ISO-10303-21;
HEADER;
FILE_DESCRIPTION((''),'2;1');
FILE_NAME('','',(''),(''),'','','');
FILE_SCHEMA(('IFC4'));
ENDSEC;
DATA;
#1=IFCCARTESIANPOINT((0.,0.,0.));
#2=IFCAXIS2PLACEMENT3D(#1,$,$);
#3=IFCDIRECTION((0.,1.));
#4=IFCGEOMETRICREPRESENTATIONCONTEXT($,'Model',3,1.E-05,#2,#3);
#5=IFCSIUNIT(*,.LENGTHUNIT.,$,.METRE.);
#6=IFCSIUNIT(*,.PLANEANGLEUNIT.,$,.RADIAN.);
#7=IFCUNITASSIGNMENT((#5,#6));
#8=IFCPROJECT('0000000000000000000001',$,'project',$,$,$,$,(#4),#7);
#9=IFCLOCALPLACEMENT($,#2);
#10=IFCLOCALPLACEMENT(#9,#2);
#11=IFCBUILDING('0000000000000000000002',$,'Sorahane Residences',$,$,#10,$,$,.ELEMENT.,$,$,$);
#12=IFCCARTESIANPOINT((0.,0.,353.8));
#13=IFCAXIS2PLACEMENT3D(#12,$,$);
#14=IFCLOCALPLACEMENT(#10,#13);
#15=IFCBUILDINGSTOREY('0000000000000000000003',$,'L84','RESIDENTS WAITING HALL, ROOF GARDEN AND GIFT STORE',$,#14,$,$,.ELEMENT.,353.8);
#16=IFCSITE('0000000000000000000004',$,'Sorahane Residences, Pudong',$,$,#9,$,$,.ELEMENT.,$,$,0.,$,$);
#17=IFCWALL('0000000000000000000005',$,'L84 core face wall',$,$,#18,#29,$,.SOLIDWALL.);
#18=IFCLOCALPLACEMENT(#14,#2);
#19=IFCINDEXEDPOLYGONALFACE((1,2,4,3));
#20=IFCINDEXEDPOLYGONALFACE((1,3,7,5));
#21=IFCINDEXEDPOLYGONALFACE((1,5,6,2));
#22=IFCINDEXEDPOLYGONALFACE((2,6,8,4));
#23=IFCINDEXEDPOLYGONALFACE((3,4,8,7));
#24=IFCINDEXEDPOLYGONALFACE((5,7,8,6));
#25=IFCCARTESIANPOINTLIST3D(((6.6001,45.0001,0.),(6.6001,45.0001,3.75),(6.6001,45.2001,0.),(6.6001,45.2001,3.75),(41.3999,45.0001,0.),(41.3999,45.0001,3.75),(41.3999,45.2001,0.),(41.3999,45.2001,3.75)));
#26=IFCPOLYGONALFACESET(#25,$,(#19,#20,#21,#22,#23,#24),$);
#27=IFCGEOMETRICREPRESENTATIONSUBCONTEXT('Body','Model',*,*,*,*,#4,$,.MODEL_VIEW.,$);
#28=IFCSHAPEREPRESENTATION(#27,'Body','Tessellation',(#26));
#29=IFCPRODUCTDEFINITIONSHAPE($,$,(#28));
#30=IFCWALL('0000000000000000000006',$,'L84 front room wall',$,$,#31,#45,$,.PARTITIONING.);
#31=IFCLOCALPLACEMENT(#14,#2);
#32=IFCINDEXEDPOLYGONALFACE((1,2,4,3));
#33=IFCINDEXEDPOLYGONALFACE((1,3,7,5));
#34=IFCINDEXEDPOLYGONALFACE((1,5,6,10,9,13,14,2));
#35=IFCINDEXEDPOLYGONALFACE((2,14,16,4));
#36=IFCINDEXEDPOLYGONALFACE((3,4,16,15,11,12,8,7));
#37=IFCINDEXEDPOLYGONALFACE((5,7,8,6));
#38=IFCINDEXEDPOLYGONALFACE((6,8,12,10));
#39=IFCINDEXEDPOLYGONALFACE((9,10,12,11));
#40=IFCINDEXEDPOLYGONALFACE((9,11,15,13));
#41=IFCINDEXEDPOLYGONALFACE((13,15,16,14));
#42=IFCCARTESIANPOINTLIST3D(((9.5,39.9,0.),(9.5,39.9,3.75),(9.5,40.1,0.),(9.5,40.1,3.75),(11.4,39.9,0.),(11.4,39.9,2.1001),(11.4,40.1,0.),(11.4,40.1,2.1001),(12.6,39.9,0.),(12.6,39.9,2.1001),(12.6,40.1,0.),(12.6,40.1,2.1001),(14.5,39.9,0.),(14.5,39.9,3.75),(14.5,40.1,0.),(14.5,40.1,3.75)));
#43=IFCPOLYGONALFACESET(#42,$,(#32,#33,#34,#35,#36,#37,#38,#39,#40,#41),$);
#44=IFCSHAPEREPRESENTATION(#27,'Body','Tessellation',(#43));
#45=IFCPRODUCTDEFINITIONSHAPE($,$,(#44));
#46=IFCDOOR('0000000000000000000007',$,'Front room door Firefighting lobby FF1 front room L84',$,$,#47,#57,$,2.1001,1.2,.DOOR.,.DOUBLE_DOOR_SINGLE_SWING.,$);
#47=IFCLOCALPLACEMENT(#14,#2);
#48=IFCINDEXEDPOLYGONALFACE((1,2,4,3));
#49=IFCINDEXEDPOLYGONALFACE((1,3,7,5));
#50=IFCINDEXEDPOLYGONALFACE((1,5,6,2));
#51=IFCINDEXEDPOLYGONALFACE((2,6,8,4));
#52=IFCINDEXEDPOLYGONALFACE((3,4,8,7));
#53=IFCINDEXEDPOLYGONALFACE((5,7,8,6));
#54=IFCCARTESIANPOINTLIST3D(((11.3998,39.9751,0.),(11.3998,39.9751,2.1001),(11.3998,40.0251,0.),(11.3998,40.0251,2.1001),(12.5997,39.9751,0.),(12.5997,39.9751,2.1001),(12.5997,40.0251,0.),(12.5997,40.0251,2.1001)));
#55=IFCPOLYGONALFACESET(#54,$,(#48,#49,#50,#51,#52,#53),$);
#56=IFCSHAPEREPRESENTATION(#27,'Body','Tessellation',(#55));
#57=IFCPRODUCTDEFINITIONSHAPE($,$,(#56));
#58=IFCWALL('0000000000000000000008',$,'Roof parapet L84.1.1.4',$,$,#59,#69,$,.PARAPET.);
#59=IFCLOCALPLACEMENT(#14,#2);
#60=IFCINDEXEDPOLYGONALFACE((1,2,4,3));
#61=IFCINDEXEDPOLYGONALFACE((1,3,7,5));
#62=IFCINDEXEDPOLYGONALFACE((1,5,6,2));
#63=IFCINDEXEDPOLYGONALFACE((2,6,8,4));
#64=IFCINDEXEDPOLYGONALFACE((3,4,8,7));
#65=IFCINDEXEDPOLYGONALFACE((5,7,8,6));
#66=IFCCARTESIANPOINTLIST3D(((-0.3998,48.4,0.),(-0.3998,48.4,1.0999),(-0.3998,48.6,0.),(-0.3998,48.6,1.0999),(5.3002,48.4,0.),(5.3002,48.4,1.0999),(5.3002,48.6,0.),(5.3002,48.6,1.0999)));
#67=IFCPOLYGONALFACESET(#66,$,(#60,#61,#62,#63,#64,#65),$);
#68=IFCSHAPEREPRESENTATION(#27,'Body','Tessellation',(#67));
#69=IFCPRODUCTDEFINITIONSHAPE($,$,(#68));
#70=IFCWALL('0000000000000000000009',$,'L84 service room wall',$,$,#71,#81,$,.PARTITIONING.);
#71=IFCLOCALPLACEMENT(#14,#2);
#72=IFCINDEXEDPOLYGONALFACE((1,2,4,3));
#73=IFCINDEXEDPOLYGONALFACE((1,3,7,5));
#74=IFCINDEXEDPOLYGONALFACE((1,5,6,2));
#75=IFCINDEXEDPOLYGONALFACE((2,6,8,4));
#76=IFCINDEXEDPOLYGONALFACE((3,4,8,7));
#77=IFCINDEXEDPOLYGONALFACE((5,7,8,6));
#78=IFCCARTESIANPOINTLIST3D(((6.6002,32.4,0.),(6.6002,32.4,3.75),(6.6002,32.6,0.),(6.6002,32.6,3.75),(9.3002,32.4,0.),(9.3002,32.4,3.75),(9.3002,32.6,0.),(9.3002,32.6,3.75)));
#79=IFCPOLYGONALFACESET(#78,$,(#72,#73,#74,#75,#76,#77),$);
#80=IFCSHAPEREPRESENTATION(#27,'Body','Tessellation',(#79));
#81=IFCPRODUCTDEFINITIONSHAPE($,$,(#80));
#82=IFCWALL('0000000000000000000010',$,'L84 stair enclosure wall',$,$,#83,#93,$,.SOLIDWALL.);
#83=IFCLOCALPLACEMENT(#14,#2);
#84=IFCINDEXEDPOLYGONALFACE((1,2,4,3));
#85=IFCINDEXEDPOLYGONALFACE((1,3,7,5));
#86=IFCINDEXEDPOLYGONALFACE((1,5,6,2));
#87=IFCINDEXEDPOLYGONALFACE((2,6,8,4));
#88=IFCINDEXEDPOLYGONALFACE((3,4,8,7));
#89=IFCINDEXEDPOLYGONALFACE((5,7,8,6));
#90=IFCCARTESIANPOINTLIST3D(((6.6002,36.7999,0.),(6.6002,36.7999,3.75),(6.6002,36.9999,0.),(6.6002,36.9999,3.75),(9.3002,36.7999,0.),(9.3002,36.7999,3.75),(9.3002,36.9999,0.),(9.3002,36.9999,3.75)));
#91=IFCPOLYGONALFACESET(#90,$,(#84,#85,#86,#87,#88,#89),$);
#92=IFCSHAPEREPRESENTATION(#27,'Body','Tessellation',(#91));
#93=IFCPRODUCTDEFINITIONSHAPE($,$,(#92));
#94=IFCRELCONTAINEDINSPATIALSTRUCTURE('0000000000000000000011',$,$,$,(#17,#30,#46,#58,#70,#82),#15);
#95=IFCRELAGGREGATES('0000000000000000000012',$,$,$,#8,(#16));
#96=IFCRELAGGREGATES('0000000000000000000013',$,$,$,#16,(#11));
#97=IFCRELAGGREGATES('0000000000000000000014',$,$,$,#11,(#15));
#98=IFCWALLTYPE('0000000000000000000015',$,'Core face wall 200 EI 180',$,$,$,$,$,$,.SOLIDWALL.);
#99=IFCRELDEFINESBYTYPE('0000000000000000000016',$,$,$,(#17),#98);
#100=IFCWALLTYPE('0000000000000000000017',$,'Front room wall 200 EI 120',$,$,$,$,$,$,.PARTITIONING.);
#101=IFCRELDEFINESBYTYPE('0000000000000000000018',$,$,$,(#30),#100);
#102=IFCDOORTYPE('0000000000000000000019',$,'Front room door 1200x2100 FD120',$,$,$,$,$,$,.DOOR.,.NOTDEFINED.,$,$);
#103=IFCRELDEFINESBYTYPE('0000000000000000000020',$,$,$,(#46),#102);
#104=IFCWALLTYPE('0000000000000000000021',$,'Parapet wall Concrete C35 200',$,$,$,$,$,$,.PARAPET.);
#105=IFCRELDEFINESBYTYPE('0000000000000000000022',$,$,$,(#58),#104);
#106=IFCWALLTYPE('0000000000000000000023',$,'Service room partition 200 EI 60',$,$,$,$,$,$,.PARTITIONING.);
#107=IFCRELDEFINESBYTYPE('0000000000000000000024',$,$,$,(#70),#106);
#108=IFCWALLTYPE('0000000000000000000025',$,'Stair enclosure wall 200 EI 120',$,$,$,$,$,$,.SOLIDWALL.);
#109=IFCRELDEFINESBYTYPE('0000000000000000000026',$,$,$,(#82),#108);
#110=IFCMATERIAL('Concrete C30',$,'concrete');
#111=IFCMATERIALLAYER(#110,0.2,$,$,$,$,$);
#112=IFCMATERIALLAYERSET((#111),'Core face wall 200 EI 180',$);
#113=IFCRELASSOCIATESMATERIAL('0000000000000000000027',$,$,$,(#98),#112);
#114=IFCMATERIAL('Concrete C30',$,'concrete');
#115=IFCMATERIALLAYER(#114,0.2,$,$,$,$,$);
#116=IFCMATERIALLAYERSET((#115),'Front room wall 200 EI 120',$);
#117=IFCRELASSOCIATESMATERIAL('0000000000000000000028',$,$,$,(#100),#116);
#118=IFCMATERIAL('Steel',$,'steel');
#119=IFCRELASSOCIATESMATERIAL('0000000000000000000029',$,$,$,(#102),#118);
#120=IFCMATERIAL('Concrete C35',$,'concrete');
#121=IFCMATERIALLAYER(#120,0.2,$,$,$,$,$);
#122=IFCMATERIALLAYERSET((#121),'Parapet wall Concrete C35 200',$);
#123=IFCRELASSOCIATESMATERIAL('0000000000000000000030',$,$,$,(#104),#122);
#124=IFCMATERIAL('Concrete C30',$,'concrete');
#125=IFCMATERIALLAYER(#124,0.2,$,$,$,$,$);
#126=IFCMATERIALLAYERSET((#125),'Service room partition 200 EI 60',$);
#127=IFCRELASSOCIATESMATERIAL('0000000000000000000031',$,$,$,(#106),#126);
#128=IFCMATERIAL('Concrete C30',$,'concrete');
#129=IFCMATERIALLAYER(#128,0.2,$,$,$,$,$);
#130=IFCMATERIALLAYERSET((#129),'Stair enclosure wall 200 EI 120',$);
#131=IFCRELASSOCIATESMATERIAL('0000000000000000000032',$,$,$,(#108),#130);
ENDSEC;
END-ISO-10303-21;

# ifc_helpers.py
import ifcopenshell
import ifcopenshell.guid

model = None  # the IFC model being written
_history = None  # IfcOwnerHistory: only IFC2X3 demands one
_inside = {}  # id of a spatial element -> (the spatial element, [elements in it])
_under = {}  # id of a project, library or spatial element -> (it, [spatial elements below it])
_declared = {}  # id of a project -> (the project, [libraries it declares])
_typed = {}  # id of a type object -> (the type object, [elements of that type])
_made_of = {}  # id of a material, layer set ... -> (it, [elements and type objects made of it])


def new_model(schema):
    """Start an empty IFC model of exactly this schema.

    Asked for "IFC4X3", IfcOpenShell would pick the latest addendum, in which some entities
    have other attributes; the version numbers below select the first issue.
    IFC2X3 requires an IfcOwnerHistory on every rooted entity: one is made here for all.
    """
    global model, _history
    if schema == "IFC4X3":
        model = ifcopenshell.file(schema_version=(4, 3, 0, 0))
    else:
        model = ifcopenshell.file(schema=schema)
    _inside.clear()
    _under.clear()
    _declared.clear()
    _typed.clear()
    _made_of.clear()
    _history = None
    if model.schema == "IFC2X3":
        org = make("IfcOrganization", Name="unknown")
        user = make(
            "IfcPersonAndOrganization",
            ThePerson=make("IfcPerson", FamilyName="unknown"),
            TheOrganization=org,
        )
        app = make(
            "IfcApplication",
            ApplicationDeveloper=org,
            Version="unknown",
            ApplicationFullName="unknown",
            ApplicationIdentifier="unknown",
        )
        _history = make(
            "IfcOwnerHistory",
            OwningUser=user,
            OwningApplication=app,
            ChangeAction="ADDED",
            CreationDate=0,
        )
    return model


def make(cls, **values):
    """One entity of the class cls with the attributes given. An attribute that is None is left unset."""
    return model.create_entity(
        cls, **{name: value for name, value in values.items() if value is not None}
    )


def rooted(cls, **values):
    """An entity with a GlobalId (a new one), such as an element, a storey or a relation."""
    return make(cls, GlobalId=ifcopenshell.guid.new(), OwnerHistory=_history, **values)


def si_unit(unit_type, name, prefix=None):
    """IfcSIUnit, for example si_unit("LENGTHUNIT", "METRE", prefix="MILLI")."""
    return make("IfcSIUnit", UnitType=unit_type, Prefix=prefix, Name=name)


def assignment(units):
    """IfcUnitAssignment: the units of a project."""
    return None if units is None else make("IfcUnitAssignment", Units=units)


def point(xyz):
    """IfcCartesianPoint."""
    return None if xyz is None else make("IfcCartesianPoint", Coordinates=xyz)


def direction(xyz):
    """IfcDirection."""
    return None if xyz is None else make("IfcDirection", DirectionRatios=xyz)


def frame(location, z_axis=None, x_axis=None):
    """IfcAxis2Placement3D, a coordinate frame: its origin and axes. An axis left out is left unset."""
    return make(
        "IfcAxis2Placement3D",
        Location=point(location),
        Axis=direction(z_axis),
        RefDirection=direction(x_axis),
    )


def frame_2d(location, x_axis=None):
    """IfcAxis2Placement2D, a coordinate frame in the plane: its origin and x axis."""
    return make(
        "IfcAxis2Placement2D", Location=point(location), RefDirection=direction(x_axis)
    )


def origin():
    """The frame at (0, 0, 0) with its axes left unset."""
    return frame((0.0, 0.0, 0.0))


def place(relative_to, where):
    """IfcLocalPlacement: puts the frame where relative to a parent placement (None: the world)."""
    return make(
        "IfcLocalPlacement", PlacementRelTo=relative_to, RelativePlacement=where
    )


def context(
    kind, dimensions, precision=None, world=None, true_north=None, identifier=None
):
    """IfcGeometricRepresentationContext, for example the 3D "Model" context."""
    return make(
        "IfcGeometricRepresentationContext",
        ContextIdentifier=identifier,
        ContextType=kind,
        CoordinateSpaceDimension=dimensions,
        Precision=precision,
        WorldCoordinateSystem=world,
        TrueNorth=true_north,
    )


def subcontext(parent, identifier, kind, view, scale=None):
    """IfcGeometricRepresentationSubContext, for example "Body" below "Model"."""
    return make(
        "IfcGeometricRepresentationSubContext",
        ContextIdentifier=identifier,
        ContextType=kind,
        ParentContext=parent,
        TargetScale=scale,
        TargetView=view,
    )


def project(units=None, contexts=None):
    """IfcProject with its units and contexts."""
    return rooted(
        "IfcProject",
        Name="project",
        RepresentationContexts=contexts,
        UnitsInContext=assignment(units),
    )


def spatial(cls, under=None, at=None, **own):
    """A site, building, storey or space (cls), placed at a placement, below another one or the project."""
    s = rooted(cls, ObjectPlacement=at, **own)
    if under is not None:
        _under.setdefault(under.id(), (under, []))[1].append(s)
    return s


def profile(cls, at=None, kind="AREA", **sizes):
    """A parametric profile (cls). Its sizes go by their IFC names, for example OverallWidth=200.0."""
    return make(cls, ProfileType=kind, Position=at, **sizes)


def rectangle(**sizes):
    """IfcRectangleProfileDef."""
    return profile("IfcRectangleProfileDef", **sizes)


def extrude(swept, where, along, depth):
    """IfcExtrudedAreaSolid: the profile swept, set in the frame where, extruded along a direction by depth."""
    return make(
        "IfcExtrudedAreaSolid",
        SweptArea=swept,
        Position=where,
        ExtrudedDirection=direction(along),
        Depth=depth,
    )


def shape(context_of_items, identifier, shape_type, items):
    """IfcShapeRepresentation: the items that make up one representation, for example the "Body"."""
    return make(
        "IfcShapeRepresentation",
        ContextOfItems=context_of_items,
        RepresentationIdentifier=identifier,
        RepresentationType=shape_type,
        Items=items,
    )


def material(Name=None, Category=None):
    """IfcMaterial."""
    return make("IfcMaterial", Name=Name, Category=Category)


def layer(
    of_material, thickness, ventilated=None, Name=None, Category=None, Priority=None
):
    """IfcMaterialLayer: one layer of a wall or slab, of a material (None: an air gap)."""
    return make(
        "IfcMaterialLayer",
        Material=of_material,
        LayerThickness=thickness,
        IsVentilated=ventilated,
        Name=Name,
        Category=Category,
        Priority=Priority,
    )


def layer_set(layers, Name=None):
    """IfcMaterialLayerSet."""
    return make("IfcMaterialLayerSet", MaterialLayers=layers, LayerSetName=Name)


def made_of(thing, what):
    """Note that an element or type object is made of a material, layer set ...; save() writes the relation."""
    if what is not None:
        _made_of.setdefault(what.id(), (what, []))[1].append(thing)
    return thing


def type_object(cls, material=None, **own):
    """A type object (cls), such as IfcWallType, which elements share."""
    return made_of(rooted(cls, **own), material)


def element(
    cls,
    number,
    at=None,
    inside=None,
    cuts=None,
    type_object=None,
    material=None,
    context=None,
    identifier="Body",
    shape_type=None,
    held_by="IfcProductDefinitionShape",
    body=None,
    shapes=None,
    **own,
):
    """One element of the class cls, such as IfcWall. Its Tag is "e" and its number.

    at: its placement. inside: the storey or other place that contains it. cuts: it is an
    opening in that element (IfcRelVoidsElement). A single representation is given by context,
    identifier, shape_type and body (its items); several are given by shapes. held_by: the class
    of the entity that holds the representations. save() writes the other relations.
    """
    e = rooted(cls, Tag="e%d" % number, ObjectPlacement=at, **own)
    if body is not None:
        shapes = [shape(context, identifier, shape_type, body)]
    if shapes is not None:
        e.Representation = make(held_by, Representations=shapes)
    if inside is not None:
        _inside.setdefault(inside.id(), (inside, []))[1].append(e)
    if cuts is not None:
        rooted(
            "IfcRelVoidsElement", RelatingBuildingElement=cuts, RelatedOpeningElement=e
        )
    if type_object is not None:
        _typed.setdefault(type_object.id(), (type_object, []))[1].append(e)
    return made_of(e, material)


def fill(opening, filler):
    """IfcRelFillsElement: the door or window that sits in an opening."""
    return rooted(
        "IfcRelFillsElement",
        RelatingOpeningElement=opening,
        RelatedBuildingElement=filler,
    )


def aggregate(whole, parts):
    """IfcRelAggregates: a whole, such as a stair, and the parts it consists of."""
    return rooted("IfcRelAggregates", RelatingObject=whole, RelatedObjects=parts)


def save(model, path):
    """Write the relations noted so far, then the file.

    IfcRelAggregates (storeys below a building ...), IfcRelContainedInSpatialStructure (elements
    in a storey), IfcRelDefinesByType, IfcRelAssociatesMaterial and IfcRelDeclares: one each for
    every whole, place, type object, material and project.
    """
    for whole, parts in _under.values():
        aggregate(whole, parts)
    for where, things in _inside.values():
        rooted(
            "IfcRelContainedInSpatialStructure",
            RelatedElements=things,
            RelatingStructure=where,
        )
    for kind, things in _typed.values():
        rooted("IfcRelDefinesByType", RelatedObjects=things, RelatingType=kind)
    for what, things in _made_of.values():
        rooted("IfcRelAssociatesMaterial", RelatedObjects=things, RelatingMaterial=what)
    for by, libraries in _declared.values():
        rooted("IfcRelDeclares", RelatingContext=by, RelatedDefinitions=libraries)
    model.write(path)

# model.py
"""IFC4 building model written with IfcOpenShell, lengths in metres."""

from ifc_helpers import new_model, si_unit, direction, frame, frame_2d, origin, place, context, subcontext, project, spatial, rectangle, extrude, material, layer, layer_set, type_object, element, fill, save


model = new_model("IFC4")

# Units and contexts
model_context = context("Model", 3, precision=1e-05, world=origin(), true_north=direction((0.0, 1.0)))
body_context = subcontext(model_context, "Body", "Model", "MODEL_VIEW")
ifc_project = project(units=[si_unit("LENGTHUNIT", "METRE"), si_unit("PLANEANGLEUNIT", "RADIAN")], contexts=[model_context])

# Site, building, storey
site_placement = place(None, origin())
site = spatial("IfcSite", under=ifc_project, at=site_placement, Name="Sorahane Residences, Pudong", CompositionType="ELEMENT", RefElevation=0.0)
building_placement = place(site_placement, origin())
building = spatial("IfcBuilding", under=site, at=building_placement, Name="Sorahane Residences", CompositionType="ELEMENT")
storey_placement = place(building_placement, frame((0.0, 0.0, 353.8)))
storey = spatial("IfcBuildingStorey", under=building, at=storey_placement, Name="L84", Description="RESIDENTS WAITING HALL, ROOF GARDEN AND GIFT STORE", CompositionType="ELEMENT", Elevation=353.8)

# Wall
ifc_material_1 = material(Name="Concrete C30", Category="concrete")
ifc_layer_1 = layer(ifc_material_1, 0.2)
ifc_layer_set_1 = layer_set([ifc_layer_1], Name="Core face wall 200 EI 180")
wall_type_1 = type_object("IfcWallType", Name="Core face wall 200 EI 180", PredefinedType="SOLIDWALL", material=ifc_layer_set_1)
wall_1_placement = place(storey_placement, frame((6.6001, 45.1001, 0.0), z_axis=(0.0, 0.0, 1.0), x_axis=(1.0, 0.0, 0.0)))
element("IfcWall", 1, at=wall_1_placement, inside=storey, type_object=wall_type_1, Name="L84 core face wall", PredefinedType="SOLIDWALL", context=body_context, shape_type="SweptSolid", body=[
    extrude(rectangle(XDim=34.7998, YDim=0.2, at=frame_2d((17.3999, 0.0))), origin(), (0.0, 0.0, 1.0), 3.75),
])

# Wall, opening, door
ifc_material_2 = material(Name="Concrete C30", Category="concrete")
ifc_layer_2 = layer(ifc_material_2, 0.2)
ifc_layer_set_2 = layer_set([ifc_layer_2], Name="Front room wall 200 EI 120")
wall_type_2 = type_object("IfcWallType", Name="Front room wall 200 EI 120", PredefinedType="PARTITIONING", material=ifc_layer_set_2)
wall_2_placement = place(storey_placement, frame((9.5, 40.0, 0.0), z_axis=(0.0, 0.0, 1.0), x_axis=(1.0, 0.0, 0.0)))
wall_2 = element("IfcWall", 2, at=wall_2_placement, inside=storey, type_object=wall_type_2, Name="L84 front room wall", PredefinedType="PARTITIONING", context=body_context, shape_type="SweptSolid", body=[
    extrude(rectangle(XDim=5.0, YDim=0.2, at=frame_2d((2.5, 0.0))), origin(), (0.0, 0.0, 1.0), 3.75),
])
opening_placement = place(wall_2_placement, frame((1.8999, 0.0, 0.0)))
opening = element("IfcOpeningElement", 3, at=opening_placement, cuts=wall_2, PredefinedType="OPENING", context=body_context, shape_type="SweptSolid", body=[
    extrude(rectangle(XDim=1.2, YDim=2.1001, at=frame_2d((0.6001, 1.05))), frame((0.0, 0.1099, 0.0), z_axis=(0.0, -1.0, 0.0), x_axis=(1.0, 0.0, 0.0)), (0.0, 0.0, 1.0), 0.22),
])
ifc_material_3 = material(Name="Steel", Category="steel")
door_type = type_object("IfcDoorType", Name="Front room door 1200x2100 FD120", OperationType="NOTDEFINED", PredefinedType="DOOR", material=ifc_material_3)
door_placement = place(opening_placement, frame((1.2, 0.0, 0.0), z_axis=(0.0, 0.0, 1.0), x_axis=(-1.0, 0.0, 0.0)))
door = element("IfcDoor", 4, at=door_placement, inside=storey, type_object=door_type, Name="Front room door Firefighting lobby FF1 front room L84", OperationType="DOUBLE_DOOR_SINGLE_SWING", OverallHeight=2.1001, OverallWidth=1.2, PredefinedType="DOOR", context=body_context, shape_type="SweptSolid", body=[
    extrude(rectangle(XDim=1.2, YDim=2.1001, at=frame_2d((0.6001, 1.05))), frame((0.0, 0.0249, 0.0), z_axis=(0.0, -1.0, 0.0), x_axis=(1.0, 0.0, 0.0)), (0.0, 0.0, 1.0), 0.05),
])
fill(opening, door)

# Walls
ifc_material_4 = material(Name="Concrete C35", Category="concrete")
ifc_layer_3 = layer(ifc_material_4, 0.2)
ifc_layer_set_3 = layer_set([ifc_layer_3], Name="Parapet wall Concrete C35 200")
wall_type_3 = type_object("IfcWallType", Name="Parapet wall Concrete C35 200", PredefinedType="PARAPET", material=ifc_layer_set_3)
wall_3_placement = place(storey_placement, frame((-0.3999, 48.5, 0.0), z_axis=(0.0, 0.0, 1.0), x_axis=(1.0, 0.0, 0.0)))
element("IfcWall", 5, at=wall_3_placement, inside=storey, type_object=wall_type_3, Name="Roof parapet L84.1.1.4", PredefinedType="PARAPET", context=body_context, shape_type="SweptSolid", body=[
    extrude(rectangle(XDim=5.7, YDim=0.2, at=frame_2d((2.8501, 0.0))), origin(), (0.0, 0.0, 1.0), 1.0999),
])
ifc_material_5 = material(Name="Concrete C30", Category="concrete")
ifc_layer_4 = layer(ifc_material_5, 0.2)
ifc_layer_set_4 = layer_set([ifc_layer_4], Name="Service room partition 200 EI 60")
wall_type_4 = type_object("IfcWallType", Name="Service room partition 200 EI 60", PredefinedType="PARTITIONING", material=ifc_layer_set_4)
wall_4_placement = place(storey_placement, frame((6.6001, 32.5, 0.0), z_axis=(0.0, 0.0, 1.0), x_axis=(1.0, 0.0, 0.0)))
element("IfcWall", 6, at=wall_4_placement, inside=storey, type_object=wall_type_4, Name="L84 service room wall", PredefinedType="PARTITIONING", context=body_context, shape_type="SweptSolid", body=[
    extrude(rectangle(XDim=2.7, YDim=0.2, at=frame_2d((1.3501, 0.0))), origin(), (0.0, 0.0, 1.0), 3.75),
])
ifc_material_6 = material(Name="Concrete C30", Category="concrete")
ifc_layer_5 = layer(ifc_material_6, 0.2)
ifc_layer_set_5 = layer_set([ifc_layer_5], Name="Stair enclosure wall 200 EI 120")
wall_type_5 = type_object("IfcWallType", Name="Stair enclosure wall 200 EI 120", PredefinedType="SOLIDWALL", material=ifc_layer_set_5)
wall_5_placement = place(storey_placement, frame((6.6001, 36.8999, 0.0), z_axis=(0.0, 0.0, 1.0), x_axis=(1.0, 0.0, 0.0)))
element("IfcWall", 7, at=wall_5_placement, inside=storey, type_object=wall_type_5, Name="L84 stair enclosure wall", PredefinedType="SOLIDWALL", context=body_context, shape_type="SweptSolid", body=[
    extrude(rectangle(XDim=2.7, YDim=0.2, at=frame_2d((1.3501, 0.0))), origin(), (0.0, 0.0, 1.0), 3.75),
])

save(model, "model.ifc")
